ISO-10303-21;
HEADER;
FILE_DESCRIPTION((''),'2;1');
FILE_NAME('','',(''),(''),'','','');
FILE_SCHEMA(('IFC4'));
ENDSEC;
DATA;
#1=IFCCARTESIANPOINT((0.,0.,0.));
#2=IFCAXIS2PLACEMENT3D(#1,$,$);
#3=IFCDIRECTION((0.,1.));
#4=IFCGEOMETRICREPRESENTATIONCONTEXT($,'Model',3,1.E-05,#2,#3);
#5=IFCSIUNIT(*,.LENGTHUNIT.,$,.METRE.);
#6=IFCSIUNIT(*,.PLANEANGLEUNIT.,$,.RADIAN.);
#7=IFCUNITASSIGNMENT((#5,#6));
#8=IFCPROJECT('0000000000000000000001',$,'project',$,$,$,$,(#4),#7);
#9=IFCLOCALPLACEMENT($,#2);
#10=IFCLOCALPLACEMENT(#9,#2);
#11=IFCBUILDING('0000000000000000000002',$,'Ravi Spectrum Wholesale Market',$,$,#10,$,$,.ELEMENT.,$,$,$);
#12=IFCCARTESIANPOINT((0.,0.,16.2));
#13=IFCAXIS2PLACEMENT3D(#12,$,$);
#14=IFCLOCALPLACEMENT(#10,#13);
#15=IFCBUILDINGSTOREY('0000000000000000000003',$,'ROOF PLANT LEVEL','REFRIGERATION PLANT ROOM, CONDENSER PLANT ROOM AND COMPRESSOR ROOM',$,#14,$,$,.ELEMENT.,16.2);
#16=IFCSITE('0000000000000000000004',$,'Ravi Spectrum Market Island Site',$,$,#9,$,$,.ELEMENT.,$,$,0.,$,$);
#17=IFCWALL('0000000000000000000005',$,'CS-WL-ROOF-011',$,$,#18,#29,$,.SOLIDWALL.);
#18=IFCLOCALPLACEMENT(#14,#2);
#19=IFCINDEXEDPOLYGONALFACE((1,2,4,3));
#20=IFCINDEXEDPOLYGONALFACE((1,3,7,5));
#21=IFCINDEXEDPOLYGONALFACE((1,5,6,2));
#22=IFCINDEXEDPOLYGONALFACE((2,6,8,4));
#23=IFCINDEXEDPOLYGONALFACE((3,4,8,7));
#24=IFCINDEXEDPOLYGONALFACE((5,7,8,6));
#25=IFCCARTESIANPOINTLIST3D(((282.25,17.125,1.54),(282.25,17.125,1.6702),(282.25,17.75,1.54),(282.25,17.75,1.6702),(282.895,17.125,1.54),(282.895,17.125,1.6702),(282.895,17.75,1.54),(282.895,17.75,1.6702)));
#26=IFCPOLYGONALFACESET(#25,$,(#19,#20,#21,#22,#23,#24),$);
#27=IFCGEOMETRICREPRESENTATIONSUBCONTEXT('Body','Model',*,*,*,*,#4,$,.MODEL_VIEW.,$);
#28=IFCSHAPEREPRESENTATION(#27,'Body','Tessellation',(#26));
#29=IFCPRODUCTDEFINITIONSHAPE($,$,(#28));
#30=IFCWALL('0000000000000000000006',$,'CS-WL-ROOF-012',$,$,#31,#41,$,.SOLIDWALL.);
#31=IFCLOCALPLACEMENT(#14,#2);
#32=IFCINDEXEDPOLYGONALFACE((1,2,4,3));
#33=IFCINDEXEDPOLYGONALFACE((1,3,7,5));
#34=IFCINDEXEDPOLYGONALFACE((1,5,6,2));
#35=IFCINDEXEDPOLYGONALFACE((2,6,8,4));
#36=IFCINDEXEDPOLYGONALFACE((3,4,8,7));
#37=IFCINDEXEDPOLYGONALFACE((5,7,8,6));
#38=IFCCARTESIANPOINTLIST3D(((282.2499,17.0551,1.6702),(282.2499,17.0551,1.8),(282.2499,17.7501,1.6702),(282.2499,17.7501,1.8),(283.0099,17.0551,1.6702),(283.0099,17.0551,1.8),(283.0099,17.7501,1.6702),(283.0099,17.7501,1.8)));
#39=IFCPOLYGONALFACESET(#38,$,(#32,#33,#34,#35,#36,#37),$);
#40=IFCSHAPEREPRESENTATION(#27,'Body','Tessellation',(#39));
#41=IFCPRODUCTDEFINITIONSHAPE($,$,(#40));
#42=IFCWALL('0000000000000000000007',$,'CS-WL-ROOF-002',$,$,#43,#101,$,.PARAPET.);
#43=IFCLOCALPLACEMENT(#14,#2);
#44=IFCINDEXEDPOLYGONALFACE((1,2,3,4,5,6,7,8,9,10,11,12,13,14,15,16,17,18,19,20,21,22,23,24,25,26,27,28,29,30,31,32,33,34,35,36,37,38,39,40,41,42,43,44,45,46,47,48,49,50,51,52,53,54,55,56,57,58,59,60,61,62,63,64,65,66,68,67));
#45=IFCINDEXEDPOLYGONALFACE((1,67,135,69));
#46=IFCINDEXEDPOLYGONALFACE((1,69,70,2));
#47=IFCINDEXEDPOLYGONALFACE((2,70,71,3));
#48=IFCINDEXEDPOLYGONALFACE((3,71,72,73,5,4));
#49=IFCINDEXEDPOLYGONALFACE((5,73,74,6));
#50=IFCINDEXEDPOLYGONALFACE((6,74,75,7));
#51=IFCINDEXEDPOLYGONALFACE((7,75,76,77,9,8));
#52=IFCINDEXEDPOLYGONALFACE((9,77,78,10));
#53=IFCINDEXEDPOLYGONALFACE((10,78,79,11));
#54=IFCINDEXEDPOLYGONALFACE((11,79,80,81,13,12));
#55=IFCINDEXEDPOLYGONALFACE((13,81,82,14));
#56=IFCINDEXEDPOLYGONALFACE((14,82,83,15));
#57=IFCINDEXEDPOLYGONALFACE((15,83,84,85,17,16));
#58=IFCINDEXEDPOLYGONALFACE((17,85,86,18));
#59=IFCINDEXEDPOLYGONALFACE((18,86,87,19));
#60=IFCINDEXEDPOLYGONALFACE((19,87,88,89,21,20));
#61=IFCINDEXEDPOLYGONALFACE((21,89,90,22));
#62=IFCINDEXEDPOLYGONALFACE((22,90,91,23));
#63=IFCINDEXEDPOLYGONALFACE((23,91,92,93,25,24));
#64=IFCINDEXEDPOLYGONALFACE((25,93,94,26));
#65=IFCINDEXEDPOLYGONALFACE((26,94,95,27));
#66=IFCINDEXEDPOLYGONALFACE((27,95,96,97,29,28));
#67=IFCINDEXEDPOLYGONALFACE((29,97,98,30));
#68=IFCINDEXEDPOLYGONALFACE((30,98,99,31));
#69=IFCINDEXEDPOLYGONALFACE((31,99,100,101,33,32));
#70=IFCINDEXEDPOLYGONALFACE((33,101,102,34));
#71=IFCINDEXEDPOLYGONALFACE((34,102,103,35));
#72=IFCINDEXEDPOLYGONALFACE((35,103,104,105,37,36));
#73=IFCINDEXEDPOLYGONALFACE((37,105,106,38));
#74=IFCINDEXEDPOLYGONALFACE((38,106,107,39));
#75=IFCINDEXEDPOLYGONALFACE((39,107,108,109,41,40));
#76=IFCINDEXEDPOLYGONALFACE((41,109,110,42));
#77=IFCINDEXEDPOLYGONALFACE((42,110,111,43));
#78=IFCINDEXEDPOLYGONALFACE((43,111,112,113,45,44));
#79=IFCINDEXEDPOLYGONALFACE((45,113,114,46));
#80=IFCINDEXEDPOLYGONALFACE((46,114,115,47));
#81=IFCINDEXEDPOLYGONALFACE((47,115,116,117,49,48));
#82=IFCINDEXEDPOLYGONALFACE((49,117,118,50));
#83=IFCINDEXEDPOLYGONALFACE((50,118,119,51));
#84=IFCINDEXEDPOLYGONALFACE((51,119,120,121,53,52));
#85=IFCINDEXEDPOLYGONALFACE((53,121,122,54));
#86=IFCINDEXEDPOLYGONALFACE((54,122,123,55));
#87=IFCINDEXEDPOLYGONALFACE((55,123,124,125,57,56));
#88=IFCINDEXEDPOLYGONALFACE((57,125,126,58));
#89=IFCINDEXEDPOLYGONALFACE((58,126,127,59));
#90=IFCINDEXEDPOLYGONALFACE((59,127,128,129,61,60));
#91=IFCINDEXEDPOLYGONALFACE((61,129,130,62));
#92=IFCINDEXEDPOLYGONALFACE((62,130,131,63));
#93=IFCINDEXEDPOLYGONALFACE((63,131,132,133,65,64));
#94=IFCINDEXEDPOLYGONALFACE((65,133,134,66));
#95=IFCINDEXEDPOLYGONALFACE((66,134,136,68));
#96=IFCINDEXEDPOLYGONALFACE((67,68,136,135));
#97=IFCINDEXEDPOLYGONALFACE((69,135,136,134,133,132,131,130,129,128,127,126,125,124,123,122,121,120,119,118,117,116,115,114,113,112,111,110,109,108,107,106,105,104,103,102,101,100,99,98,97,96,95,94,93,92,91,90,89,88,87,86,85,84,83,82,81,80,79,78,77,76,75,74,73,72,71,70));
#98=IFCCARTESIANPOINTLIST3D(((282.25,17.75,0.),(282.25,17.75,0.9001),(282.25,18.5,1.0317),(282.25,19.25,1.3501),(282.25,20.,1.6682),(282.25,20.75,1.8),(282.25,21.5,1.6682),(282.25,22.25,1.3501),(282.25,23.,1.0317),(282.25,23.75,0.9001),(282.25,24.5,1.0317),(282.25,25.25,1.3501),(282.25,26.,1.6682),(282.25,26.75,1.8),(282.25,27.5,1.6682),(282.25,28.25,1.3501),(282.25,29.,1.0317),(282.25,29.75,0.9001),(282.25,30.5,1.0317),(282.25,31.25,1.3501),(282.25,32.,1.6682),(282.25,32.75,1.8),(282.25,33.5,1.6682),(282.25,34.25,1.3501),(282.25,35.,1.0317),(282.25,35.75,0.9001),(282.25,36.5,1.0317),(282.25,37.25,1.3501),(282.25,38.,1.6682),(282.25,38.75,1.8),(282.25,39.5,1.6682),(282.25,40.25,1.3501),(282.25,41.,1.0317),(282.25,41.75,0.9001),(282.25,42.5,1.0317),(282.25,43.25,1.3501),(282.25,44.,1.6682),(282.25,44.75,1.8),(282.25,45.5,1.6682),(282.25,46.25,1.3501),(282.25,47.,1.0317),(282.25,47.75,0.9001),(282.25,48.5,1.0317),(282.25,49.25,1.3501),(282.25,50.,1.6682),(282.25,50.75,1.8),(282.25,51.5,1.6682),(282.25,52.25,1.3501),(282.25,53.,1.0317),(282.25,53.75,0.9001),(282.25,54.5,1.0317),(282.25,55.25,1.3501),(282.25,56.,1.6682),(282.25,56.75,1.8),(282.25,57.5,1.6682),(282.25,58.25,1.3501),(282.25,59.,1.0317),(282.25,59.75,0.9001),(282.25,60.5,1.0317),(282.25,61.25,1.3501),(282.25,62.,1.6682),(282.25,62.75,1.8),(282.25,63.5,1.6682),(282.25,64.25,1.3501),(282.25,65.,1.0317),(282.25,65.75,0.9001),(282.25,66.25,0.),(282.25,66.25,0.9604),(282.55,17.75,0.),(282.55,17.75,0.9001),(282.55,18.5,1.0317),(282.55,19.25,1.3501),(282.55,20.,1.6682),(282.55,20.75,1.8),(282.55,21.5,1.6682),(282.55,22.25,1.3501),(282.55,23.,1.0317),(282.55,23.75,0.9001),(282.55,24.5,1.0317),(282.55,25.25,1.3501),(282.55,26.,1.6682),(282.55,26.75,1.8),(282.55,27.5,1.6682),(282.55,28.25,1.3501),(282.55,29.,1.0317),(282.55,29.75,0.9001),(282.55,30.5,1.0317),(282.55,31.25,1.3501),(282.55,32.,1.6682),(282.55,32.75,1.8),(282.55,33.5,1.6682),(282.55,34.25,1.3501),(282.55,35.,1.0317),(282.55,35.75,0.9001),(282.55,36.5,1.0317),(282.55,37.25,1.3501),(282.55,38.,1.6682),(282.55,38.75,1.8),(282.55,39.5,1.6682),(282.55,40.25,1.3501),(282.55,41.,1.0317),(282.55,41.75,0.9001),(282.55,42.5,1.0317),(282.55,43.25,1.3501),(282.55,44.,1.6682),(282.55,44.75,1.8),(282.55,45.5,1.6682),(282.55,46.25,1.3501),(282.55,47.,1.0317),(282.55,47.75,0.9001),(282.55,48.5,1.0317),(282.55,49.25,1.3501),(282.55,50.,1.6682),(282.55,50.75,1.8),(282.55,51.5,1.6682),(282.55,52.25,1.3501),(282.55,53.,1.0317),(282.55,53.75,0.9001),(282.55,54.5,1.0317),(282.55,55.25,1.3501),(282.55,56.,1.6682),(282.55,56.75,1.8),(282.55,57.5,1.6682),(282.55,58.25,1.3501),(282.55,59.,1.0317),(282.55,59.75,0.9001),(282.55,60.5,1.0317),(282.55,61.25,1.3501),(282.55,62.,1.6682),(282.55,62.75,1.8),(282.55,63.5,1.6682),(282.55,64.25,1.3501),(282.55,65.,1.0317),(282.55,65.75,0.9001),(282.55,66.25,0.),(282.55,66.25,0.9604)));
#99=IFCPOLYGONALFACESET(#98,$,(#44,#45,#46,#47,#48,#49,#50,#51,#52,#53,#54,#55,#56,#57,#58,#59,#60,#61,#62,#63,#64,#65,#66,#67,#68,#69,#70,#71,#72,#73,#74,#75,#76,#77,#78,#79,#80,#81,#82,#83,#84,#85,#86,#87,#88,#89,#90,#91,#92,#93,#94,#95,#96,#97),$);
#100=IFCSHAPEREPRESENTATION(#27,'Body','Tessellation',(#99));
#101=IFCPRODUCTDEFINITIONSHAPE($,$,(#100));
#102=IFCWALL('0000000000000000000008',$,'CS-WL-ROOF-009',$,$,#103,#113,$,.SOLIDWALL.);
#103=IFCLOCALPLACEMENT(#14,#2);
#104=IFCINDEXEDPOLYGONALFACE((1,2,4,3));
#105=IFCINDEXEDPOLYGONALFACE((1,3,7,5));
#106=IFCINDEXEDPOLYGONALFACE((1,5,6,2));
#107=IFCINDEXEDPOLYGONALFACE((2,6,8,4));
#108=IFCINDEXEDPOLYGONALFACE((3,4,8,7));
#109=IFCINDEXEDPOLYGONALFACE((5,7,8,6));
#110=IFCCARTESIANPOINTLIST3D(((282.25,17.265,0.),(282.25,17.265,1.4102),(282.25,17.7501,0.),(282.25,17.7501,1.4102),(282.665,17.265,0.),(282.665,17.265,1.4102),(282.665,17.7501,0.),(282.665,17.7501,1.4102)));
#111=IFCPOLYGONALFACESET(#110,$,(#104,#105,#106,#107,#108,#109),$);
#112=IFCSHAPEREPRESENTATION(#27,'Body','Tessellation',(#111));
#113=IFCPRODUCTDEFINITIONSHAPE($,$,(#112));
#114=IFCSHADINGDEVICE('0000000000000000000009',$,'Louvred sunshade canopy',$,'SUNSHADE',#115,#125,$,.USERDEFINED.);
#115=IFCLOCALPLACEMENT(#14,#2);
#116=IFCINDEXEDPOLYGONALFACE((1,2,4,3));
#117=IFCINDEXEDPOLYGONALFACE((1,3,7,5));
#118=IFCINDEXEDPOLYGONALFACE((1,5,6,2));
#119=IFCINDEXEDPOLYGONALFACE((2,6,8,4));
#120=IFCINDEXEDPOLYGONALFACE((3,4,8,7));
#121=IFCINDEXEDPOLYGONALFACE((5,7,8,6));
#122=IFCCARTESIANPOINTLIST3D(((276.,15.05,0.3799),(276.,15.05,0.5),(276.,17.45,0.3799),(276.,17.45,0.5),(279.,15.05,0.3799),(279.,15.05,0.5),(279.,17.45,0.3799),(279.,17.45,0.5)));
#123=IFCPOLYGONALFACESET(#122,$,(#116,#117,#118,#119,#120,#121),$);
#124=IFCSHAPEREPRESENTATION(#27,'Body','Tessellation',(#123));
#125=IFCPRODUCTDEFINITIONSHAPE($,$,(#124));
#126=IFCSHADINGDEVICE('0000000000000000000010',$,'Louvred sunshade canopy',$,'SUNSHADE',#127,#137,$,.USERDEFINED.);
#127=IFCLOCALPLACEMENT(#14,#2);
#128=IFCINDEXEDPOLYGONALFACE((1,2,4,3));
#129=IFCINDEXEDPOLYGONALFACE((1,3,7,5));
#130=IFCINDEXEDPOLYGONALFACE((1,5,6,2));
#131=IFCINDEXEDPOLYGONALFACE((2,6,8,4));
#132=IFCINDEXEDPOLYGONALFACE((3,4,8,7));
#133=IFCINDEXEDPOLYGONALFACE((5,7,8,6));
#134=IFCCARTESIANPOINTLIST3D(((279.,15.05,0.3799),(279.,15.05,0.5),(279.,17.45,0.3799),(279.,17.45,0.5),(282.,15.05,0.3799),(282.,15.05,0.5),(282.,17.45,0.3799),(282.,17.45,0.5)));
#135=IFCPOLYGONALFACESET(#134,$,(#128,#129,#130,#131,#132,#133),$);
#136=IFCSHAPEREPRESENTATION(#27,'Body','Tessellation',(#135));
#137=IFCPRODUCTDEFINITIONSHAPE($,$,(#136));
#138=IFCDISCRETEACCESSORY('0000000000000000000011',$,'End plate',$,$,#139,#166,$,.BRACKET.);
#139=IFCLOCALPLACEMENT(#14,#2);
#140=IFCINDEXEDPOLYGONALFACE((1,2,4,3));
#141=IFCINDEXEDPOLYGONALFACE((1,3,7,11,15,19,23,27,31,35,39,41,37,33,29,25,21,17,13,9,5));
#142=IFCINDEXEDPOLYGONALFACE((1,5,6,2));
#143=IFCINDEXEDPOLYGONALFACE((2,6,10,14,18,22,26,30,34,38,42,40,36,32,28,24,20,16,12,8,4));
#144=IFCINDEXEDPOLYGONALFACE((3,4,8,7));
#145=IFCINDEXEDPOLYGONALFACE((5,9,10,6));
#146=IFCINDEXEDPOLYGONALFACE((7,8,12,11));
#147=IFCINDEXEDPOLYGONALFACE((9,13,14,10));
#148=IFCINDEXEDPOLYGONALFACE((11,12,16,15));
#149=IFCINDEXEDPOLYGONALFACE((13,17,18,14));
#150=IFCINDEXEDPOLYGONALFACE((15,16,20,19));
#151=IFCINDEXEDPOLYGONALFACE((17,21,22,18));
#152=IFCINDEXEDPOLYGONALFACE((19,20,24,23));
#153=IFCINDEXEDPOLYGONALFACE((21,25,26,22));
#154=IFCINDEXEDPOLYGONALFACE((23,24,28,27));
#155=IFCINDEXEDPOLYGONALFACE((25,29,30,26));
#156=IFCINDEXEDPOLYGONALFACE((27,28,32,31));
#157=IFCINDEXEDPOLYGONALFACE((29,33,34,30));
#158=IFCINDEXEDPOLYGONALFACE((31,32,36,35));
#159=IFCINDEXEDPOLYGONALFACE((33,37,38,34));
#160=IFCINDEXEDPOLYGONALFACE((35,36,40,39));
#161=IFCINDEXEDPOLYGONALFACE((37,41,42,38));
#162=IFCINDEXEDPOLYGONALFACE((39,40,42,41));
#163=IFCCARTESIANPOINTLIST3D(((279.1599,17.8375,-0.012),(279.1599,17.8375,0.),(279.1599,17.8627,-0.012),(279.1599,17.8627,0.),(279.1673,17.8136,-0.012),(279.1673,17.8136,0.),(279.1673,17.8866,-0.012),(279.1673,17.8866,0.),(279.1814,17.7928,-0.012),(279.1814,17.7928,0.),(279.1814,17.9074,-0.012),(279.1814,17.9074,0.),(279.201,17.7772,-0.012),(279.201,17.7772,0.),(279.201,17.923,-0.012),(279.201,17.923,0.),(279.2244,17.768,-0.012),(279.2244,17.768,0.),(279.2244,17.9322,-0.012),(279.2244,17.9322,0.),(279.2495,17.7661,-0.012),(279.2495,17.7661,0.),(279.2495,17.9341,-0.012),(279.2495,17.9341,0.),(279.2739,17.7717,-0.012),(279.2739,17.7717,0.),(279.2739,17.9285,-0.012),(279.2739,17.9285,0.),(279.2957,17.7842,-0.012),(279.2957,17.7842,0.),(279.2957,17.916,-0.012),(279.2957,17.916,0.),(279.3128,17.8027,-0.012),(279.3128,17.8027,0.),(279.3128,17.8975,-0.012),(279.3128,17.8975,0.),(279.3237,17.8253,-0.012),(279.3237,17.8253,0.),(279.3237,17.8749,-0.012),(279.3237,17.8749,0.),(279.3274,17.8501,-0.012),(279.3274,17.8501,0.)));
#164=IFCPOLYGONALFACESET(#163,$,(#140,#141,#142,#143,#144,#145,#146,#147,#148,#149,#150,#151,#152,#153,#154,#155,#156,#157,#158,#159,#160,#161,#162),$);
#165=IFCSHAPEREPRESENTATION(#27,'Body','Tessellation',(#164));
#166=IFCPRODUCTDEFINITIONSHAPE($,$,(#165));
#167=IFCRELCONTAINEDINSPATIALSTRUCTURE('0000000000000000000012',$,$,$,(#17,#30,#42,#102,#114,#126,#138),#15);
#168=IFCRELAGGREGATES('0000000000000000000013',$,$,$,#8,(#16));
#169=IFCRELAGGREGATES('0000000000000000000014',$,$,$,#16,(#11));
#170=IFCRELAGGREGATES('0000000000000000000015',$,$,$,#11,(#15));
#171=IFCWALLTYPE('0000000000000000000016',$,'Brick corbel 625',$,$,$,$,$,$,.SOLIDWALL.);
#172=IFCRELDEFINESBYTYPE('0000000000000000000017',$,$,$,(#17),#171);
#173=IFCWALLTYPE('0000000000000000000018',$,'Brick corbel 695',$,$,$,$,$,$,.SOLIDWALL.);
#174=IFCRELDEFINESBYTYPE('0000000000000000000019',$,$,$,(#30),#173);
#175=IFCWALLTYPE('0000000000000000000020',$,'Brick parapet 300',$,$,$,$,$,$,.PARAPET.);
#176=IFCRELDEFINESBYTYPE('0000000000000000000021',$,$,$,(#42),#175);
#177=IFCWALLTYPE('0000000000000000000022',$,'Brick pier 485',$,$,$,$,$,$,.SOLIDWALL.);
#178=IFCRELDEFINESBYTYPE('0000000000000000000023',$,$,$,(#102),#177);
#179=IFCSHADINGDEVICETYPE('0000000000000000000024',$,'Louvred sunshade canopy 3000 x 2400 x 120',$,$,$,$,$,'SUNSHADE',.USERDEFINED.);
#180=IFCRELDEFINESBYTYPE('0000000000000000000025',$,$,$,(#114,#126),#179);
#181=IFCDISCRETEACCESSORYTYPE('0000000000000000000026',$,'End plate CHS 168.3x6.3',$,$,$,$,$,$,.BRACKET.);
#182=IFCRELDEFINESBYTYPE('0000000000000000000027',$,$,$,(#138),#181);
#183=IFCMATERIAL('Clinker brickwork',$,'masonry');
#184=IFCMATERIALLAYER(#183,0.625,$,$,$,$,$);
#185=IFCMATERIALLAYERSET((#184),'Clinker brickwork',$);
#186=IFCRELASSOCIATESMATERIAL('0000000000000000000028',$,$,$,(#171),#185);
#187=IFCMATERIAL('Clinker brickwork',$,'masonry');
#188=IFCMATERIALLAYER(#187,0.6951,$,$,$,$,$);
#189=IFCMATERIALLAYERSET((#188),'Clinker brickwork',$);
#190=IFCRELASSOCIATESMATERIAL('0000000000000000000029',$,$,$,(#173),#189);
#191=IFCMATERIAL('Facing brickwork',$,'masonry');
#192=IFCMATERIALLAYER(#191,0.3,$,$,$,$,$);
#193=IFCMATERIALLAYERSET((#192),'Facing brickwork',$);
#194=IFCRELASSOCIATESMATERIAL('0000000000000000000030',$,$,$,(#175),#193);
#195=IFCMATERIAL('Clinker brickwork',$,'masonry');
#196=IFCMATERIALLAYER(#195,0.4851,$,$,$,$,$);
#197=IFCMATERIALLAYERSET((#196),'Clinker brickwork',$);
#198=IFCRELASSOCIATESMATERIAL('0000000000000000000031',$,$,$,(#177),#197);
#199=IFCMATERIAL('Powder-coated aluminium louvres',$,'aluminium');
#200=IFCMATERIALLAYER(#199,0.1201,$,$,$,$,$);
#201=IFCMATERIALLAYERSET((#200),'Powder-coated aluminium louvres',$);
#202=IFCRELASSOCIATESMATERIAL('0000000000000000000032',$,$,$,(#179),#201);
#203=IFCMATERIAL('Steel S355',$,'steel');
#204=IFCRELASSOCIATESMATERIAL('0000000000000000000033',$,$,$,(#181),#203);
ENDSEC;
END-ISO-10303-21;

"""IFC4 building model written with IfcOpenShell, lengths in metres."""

from ifc_helpers import new_model, si_unit, direction, frame, frame_2d, origin, origin_2d, place, context, subcontext, project, spatial, polyline, rectangle, circle, outline, extrude, material, layer, layer_set, material_profile, profile_set, type_object, element, save


model = new_model("IFC4")

# Units and contexts
model_context = context("Model", 3, precision=1e-05, world=origin(), true_north=direction((0.0, 1.0)))
body_context = subcontext(model_context, "Body", "Model", "MODEL_VIEW")
ifc_project = project(units=[si_unit("LENGTHUNIT", "METRE"), si_unit("PLANEANGLEUNIT", "RADIAN")], contexts=[model_context])

# Site, building, storey
site_placement = place(None, origin())
site = spatial("IfcSite", under=ifc_project, at=site_placement, Name="Ravi Spectrum Market Island Site", CompositionType="ELEMENT", RefElevation=0.0)
building_placement = place(site_placement, origin())
building = spatial("IfcBuilding", under=site, at=building_placement, Name="Ravi Spectrum Wholesale Market", CompositionType="ELEMENT")
storey_placement = place(building_placement, frame((0.0, 0.0, 16.2)))
storey = spatial("IfcBuildingStorey", under=building, at=storey_placement, Name="ROOF PLANT LEVEL", Description="REFRIGERATION PLANT ROOM, CONDENSER PLANT ROOM AND COMPRESSOR ROOM", CompositionType="ELEMENT", Elevation=16.2)

# Walls
ifc_material_1 = material(Name="Clinker brickwork", Category="masonry")
ifc_layer_1 = layer(ifc_material_1, 0.625)
ifc_layer_set_1 = layer_set([ifc_layer_1], Name="Clinker brickwork")
wall_type_1 = type_object("IfcWallType", Name="Brick corbel 625", PredefinedType="SOLIDWALL", material=ifc_layer_set_1)
wall_1_placement = place(storey_placement, frame((282.25, 17.4375, 1.54), z_axis=(0.0, 0.0, 1.0), x_axis=(1.0, 0.0, 0.0)))
element("IfcWall", 1, at=wall_1_placement, inside=storey, type_object=wall_type_1, Name="CS-WL-ROOF-011", PredefinedType="SOLIDWALL", context=body_context, shape_type="SweptSolid", body=[
    extrude(rectangle(XDim=0.645, YDim=0.625, at=frame_2d((0.3225, 0.0))), origin(), (0.0, 0.0, 1.0), 0.1301),
])
ifc_material_2 = material(Name="Clinker brickwork", Category="masonry")
ifc_layer_2 = layer(ifc_material_2, 0.6951)
ifc_layer_set_2 = layer_set([ifc_layer_2], Name="Clinker brickwork")
wall_type_2 = type_object("IfcWallType", Name="Brick corbel 695", PredefinedType="SOLIDWALL", material=ifc_layer_set_2)
wall_2_placement = place(storey_placement, frame((282.25, 17.4026, 1.6702), z_axis=(0.0, 0.0, 1.0), x_axis=(1.0, 0.0, 0.0)))
element("IfcWall", 2, at=wall_2_placement, inside=storey, type_object=wall_type_2, Name="CS-WL-ROOF-012", PredefinedType="SOLIDWALL", context=body_context, shape_type="SweptSolid", body=[
    extrude(rectangle(XDim=0.76, YDim=0.6951, at=frame_2d((0.3799, 0.0))), origin(), (0.0, 0.0, 1.0), 0.1299),
])
ifc_material_3 = material(Name="Facing brickwork", Category="masonry")
ifc_layer_3 = layer(ifc_material_3, 0.3)
ifc_layer_set_3 = layer_set([ifc_layer_3], Name="Facing brickwork")
wall_type_3 = type_object("IfcWallType", Name="Brick parapet 300", PredefinedType="PARAPET", material=ifc_layer_set_3)
wall_3_placement = place(storey_placement, frame((282.3999, 17.75, 0.0), z_axis=(0.0, 0.0, 1.0), x_axis=(0.0, 1.0, 0.0)))
element("IfcWall", 3, at=wall_3_placement, inside=storey, type_object=wall_type_3, Name="CS-WL-ROOF-002", PredefinedType="PARAPET", context=body_context, shape_type="SweptSolid", body=[
    extrude(outline(polyline([(0.0, 0.0), (48.5, 0.0), (48.5, 0.9604), (48.0, 0.9001), (47.25, 1.0317), (46.5, 1.3501), (45.75, 1.6682), (45.0, 1.8), (44.25, 1.6682), (43.5, 1.3501), (42.75, 1.0317), (42.0, 0.9001), (41.25, 1.0317), (40.5, 1.3501), (39.75, 1.6682), (39.0, 1.8), (38.25, 1.6682), (37.5, 1.3501), (36.75, 1.0317), (36.0, 0.9001), (35.25, 1.0317), (34.5, 1.3501), (33.75, 1.6682), (33.0, 1.8), (32.25, 1.6682), (31.5, 1.3501), (30.75, 1.0317), (30.0, 0.9001), (29.25, 1.0317), (28.5, 1.3501), (27.75, 1.6682), (27.0, 1.8), (26.25, 1.6682), (25.5, 1.3501), (24.75, 1.0317), (24.0, 0.9001), (23.25, 1.0317), (22.5, 1.3501), (21.75, 1.6682), (21.0, 1.8), (20.25, 1.6682), (19.5, 1.3501), (18.75, 1.0317), (18.0, 0.9001), (17.25, 1.0317), (16.5, 1.3501), (15.75, 1.6682), (15.0, 1.8), (14.25, 1.6682), (13.5, 1.3501), (12.75, 1.0317), (12.0, 0.9001), (11.25, 1.0317), (10.5, 1.3501), (9.75, 1.6682), (9.0, 1.8), (8.25, 1.6682), (7.5, 1.3501), (6.75, 1.0317), (6.0, 0.9001), (5.25, 1.0317), (4.5, 1.3501), (3.75, 1.6682), (3.0, 1.8), (2.25, 1.6682), (1.5, 1.3501), (0.75, 1.0317), (0.0, 0.9001), (0.0, 0.0)])), frame((0.0, 0.1499, 0.0), z_axis=(0.0, -1.0, 0.0), x_axis=(1.0, 0.0, 0.0)), (0.0, 0.0, 1.0), 0.3),
])
ifc_material_4 = material(Name="Clinker brickwork", Category="masonry")
ifc_layer_4 = layer(ifc_material_4, 0.4851)
ifc_layer_set_4 = layer_set([ifc_layer_4], Name="Clinker brickwork")
wall_type_4 = type_object("IfcWallType", Name="Brick pier 485", PredefinedType="SOLIDWALL", material=ifc_layer_set_4)
wall_4_placement = place(storey_placement, frame((282.25, 17.5076, 0.0), z_axis=(0.0, 0.0, 1.0), x_axis=(1.0, 0.0, 0.0)))
element("IfcWall", 4, at=wall_4_placement, inside=storey, type_object=wall_type_4, Name="CS-WL-ROOF-009", PredefinedType="SOLIDWALL", context=body_context, shape_type="SweptSolid", body=[
    extrude(rectangle(XDim=0.415, YDim=0.4851, at=frame_2d((0.2075, 0.0))), origin(), (0.0, 0.0, 1.0), 1.4102),
])

# Shading devices
ifc_material_5 = material(Name="Powder-coated aluminium louvres", Category="aluminium")
ifc_layer_5 = layer(ifc_material_5, 0.1201)
ifc_layer_set_5 = layer_set([ifc_layer_5], Name="Powder-coated aluminium louvres")
shading_device_type = type_object("IfcShadingDeviceType", Name="Louvred sunshade canopy 3000 x 2400 x 120", ElementType="SUNSHADE", PredefinedType="USERDEFINED", material=ifc_layer_set_5)
for number, where, z_axis, x_axis, name in (
    (5, (277.5, 16.25, 0.3799), (0.0, 0.0, 1.0), (1.0, 0.0, 0.0), "Louvred sunshade canopy"),
    (6, (280.5, 16.25, 0.3799), (0.0, 0.0, 1.0), (1.0, 0.0, 0.0), "Louvred sunshade canopy"),
):
    element("IfcShadingDevice", number, at=place(storey_placement, frame(where, z_axis=z_axis, x_axis=x_axis)), inside=storey, type_object=shading_device_type, Name=name, ObjectType="SUNSHADE", PredefinedType="USERDEFINED", context=body_context, shape_type="SweptSolid", body=[
        extrude(rectangle(XDim=3.0, YDim=2.3999, at=origin_2d()), origin(), (0.0, 0.0, 1.0), 0.1201),
    ])

# Discrete accessory
ifc_material_6 = material(Name="Steel S355", Category="steel")
ifc_material_profile_1 = material_profile(ifc_material_6, circle(Radius=0.0842, at=origin_2d()))
ifc_profile_set_1 = profile_set([ifc_material_profile_1], Name="Steel S355")
discrete_accessory_type_1 = type_object("IfcDiscreteAccessoryType", Name="End plate CHS 168.3x6.3", PredefinedType="BRACKET", material=ifc_profile_set_1)
for number, where, z_axis, x_axis, name in (
    (7, (279.2432, 17.8501, 0.0), (0.0, 0.0, -1.0), (1.0, 0.0, 0.0), "End plate"),
):
    element("IfcDiscreteAccessory", number, at=place(storey_placement, frame(where, z_axis=z_axis, x_axis=x_axis)), inside=storey, type_object=discrete_accessory_type_1, Name=name, PredefinedType="BRACKET", context=body_context, shape_type="SweptSolid", body=[
        extrude(circle(Radius=0.0842, at=origin_2d()), origin(), (0.0, 0.0, 1.0), 0.012),
    ])

save(model, "model.ifc")
